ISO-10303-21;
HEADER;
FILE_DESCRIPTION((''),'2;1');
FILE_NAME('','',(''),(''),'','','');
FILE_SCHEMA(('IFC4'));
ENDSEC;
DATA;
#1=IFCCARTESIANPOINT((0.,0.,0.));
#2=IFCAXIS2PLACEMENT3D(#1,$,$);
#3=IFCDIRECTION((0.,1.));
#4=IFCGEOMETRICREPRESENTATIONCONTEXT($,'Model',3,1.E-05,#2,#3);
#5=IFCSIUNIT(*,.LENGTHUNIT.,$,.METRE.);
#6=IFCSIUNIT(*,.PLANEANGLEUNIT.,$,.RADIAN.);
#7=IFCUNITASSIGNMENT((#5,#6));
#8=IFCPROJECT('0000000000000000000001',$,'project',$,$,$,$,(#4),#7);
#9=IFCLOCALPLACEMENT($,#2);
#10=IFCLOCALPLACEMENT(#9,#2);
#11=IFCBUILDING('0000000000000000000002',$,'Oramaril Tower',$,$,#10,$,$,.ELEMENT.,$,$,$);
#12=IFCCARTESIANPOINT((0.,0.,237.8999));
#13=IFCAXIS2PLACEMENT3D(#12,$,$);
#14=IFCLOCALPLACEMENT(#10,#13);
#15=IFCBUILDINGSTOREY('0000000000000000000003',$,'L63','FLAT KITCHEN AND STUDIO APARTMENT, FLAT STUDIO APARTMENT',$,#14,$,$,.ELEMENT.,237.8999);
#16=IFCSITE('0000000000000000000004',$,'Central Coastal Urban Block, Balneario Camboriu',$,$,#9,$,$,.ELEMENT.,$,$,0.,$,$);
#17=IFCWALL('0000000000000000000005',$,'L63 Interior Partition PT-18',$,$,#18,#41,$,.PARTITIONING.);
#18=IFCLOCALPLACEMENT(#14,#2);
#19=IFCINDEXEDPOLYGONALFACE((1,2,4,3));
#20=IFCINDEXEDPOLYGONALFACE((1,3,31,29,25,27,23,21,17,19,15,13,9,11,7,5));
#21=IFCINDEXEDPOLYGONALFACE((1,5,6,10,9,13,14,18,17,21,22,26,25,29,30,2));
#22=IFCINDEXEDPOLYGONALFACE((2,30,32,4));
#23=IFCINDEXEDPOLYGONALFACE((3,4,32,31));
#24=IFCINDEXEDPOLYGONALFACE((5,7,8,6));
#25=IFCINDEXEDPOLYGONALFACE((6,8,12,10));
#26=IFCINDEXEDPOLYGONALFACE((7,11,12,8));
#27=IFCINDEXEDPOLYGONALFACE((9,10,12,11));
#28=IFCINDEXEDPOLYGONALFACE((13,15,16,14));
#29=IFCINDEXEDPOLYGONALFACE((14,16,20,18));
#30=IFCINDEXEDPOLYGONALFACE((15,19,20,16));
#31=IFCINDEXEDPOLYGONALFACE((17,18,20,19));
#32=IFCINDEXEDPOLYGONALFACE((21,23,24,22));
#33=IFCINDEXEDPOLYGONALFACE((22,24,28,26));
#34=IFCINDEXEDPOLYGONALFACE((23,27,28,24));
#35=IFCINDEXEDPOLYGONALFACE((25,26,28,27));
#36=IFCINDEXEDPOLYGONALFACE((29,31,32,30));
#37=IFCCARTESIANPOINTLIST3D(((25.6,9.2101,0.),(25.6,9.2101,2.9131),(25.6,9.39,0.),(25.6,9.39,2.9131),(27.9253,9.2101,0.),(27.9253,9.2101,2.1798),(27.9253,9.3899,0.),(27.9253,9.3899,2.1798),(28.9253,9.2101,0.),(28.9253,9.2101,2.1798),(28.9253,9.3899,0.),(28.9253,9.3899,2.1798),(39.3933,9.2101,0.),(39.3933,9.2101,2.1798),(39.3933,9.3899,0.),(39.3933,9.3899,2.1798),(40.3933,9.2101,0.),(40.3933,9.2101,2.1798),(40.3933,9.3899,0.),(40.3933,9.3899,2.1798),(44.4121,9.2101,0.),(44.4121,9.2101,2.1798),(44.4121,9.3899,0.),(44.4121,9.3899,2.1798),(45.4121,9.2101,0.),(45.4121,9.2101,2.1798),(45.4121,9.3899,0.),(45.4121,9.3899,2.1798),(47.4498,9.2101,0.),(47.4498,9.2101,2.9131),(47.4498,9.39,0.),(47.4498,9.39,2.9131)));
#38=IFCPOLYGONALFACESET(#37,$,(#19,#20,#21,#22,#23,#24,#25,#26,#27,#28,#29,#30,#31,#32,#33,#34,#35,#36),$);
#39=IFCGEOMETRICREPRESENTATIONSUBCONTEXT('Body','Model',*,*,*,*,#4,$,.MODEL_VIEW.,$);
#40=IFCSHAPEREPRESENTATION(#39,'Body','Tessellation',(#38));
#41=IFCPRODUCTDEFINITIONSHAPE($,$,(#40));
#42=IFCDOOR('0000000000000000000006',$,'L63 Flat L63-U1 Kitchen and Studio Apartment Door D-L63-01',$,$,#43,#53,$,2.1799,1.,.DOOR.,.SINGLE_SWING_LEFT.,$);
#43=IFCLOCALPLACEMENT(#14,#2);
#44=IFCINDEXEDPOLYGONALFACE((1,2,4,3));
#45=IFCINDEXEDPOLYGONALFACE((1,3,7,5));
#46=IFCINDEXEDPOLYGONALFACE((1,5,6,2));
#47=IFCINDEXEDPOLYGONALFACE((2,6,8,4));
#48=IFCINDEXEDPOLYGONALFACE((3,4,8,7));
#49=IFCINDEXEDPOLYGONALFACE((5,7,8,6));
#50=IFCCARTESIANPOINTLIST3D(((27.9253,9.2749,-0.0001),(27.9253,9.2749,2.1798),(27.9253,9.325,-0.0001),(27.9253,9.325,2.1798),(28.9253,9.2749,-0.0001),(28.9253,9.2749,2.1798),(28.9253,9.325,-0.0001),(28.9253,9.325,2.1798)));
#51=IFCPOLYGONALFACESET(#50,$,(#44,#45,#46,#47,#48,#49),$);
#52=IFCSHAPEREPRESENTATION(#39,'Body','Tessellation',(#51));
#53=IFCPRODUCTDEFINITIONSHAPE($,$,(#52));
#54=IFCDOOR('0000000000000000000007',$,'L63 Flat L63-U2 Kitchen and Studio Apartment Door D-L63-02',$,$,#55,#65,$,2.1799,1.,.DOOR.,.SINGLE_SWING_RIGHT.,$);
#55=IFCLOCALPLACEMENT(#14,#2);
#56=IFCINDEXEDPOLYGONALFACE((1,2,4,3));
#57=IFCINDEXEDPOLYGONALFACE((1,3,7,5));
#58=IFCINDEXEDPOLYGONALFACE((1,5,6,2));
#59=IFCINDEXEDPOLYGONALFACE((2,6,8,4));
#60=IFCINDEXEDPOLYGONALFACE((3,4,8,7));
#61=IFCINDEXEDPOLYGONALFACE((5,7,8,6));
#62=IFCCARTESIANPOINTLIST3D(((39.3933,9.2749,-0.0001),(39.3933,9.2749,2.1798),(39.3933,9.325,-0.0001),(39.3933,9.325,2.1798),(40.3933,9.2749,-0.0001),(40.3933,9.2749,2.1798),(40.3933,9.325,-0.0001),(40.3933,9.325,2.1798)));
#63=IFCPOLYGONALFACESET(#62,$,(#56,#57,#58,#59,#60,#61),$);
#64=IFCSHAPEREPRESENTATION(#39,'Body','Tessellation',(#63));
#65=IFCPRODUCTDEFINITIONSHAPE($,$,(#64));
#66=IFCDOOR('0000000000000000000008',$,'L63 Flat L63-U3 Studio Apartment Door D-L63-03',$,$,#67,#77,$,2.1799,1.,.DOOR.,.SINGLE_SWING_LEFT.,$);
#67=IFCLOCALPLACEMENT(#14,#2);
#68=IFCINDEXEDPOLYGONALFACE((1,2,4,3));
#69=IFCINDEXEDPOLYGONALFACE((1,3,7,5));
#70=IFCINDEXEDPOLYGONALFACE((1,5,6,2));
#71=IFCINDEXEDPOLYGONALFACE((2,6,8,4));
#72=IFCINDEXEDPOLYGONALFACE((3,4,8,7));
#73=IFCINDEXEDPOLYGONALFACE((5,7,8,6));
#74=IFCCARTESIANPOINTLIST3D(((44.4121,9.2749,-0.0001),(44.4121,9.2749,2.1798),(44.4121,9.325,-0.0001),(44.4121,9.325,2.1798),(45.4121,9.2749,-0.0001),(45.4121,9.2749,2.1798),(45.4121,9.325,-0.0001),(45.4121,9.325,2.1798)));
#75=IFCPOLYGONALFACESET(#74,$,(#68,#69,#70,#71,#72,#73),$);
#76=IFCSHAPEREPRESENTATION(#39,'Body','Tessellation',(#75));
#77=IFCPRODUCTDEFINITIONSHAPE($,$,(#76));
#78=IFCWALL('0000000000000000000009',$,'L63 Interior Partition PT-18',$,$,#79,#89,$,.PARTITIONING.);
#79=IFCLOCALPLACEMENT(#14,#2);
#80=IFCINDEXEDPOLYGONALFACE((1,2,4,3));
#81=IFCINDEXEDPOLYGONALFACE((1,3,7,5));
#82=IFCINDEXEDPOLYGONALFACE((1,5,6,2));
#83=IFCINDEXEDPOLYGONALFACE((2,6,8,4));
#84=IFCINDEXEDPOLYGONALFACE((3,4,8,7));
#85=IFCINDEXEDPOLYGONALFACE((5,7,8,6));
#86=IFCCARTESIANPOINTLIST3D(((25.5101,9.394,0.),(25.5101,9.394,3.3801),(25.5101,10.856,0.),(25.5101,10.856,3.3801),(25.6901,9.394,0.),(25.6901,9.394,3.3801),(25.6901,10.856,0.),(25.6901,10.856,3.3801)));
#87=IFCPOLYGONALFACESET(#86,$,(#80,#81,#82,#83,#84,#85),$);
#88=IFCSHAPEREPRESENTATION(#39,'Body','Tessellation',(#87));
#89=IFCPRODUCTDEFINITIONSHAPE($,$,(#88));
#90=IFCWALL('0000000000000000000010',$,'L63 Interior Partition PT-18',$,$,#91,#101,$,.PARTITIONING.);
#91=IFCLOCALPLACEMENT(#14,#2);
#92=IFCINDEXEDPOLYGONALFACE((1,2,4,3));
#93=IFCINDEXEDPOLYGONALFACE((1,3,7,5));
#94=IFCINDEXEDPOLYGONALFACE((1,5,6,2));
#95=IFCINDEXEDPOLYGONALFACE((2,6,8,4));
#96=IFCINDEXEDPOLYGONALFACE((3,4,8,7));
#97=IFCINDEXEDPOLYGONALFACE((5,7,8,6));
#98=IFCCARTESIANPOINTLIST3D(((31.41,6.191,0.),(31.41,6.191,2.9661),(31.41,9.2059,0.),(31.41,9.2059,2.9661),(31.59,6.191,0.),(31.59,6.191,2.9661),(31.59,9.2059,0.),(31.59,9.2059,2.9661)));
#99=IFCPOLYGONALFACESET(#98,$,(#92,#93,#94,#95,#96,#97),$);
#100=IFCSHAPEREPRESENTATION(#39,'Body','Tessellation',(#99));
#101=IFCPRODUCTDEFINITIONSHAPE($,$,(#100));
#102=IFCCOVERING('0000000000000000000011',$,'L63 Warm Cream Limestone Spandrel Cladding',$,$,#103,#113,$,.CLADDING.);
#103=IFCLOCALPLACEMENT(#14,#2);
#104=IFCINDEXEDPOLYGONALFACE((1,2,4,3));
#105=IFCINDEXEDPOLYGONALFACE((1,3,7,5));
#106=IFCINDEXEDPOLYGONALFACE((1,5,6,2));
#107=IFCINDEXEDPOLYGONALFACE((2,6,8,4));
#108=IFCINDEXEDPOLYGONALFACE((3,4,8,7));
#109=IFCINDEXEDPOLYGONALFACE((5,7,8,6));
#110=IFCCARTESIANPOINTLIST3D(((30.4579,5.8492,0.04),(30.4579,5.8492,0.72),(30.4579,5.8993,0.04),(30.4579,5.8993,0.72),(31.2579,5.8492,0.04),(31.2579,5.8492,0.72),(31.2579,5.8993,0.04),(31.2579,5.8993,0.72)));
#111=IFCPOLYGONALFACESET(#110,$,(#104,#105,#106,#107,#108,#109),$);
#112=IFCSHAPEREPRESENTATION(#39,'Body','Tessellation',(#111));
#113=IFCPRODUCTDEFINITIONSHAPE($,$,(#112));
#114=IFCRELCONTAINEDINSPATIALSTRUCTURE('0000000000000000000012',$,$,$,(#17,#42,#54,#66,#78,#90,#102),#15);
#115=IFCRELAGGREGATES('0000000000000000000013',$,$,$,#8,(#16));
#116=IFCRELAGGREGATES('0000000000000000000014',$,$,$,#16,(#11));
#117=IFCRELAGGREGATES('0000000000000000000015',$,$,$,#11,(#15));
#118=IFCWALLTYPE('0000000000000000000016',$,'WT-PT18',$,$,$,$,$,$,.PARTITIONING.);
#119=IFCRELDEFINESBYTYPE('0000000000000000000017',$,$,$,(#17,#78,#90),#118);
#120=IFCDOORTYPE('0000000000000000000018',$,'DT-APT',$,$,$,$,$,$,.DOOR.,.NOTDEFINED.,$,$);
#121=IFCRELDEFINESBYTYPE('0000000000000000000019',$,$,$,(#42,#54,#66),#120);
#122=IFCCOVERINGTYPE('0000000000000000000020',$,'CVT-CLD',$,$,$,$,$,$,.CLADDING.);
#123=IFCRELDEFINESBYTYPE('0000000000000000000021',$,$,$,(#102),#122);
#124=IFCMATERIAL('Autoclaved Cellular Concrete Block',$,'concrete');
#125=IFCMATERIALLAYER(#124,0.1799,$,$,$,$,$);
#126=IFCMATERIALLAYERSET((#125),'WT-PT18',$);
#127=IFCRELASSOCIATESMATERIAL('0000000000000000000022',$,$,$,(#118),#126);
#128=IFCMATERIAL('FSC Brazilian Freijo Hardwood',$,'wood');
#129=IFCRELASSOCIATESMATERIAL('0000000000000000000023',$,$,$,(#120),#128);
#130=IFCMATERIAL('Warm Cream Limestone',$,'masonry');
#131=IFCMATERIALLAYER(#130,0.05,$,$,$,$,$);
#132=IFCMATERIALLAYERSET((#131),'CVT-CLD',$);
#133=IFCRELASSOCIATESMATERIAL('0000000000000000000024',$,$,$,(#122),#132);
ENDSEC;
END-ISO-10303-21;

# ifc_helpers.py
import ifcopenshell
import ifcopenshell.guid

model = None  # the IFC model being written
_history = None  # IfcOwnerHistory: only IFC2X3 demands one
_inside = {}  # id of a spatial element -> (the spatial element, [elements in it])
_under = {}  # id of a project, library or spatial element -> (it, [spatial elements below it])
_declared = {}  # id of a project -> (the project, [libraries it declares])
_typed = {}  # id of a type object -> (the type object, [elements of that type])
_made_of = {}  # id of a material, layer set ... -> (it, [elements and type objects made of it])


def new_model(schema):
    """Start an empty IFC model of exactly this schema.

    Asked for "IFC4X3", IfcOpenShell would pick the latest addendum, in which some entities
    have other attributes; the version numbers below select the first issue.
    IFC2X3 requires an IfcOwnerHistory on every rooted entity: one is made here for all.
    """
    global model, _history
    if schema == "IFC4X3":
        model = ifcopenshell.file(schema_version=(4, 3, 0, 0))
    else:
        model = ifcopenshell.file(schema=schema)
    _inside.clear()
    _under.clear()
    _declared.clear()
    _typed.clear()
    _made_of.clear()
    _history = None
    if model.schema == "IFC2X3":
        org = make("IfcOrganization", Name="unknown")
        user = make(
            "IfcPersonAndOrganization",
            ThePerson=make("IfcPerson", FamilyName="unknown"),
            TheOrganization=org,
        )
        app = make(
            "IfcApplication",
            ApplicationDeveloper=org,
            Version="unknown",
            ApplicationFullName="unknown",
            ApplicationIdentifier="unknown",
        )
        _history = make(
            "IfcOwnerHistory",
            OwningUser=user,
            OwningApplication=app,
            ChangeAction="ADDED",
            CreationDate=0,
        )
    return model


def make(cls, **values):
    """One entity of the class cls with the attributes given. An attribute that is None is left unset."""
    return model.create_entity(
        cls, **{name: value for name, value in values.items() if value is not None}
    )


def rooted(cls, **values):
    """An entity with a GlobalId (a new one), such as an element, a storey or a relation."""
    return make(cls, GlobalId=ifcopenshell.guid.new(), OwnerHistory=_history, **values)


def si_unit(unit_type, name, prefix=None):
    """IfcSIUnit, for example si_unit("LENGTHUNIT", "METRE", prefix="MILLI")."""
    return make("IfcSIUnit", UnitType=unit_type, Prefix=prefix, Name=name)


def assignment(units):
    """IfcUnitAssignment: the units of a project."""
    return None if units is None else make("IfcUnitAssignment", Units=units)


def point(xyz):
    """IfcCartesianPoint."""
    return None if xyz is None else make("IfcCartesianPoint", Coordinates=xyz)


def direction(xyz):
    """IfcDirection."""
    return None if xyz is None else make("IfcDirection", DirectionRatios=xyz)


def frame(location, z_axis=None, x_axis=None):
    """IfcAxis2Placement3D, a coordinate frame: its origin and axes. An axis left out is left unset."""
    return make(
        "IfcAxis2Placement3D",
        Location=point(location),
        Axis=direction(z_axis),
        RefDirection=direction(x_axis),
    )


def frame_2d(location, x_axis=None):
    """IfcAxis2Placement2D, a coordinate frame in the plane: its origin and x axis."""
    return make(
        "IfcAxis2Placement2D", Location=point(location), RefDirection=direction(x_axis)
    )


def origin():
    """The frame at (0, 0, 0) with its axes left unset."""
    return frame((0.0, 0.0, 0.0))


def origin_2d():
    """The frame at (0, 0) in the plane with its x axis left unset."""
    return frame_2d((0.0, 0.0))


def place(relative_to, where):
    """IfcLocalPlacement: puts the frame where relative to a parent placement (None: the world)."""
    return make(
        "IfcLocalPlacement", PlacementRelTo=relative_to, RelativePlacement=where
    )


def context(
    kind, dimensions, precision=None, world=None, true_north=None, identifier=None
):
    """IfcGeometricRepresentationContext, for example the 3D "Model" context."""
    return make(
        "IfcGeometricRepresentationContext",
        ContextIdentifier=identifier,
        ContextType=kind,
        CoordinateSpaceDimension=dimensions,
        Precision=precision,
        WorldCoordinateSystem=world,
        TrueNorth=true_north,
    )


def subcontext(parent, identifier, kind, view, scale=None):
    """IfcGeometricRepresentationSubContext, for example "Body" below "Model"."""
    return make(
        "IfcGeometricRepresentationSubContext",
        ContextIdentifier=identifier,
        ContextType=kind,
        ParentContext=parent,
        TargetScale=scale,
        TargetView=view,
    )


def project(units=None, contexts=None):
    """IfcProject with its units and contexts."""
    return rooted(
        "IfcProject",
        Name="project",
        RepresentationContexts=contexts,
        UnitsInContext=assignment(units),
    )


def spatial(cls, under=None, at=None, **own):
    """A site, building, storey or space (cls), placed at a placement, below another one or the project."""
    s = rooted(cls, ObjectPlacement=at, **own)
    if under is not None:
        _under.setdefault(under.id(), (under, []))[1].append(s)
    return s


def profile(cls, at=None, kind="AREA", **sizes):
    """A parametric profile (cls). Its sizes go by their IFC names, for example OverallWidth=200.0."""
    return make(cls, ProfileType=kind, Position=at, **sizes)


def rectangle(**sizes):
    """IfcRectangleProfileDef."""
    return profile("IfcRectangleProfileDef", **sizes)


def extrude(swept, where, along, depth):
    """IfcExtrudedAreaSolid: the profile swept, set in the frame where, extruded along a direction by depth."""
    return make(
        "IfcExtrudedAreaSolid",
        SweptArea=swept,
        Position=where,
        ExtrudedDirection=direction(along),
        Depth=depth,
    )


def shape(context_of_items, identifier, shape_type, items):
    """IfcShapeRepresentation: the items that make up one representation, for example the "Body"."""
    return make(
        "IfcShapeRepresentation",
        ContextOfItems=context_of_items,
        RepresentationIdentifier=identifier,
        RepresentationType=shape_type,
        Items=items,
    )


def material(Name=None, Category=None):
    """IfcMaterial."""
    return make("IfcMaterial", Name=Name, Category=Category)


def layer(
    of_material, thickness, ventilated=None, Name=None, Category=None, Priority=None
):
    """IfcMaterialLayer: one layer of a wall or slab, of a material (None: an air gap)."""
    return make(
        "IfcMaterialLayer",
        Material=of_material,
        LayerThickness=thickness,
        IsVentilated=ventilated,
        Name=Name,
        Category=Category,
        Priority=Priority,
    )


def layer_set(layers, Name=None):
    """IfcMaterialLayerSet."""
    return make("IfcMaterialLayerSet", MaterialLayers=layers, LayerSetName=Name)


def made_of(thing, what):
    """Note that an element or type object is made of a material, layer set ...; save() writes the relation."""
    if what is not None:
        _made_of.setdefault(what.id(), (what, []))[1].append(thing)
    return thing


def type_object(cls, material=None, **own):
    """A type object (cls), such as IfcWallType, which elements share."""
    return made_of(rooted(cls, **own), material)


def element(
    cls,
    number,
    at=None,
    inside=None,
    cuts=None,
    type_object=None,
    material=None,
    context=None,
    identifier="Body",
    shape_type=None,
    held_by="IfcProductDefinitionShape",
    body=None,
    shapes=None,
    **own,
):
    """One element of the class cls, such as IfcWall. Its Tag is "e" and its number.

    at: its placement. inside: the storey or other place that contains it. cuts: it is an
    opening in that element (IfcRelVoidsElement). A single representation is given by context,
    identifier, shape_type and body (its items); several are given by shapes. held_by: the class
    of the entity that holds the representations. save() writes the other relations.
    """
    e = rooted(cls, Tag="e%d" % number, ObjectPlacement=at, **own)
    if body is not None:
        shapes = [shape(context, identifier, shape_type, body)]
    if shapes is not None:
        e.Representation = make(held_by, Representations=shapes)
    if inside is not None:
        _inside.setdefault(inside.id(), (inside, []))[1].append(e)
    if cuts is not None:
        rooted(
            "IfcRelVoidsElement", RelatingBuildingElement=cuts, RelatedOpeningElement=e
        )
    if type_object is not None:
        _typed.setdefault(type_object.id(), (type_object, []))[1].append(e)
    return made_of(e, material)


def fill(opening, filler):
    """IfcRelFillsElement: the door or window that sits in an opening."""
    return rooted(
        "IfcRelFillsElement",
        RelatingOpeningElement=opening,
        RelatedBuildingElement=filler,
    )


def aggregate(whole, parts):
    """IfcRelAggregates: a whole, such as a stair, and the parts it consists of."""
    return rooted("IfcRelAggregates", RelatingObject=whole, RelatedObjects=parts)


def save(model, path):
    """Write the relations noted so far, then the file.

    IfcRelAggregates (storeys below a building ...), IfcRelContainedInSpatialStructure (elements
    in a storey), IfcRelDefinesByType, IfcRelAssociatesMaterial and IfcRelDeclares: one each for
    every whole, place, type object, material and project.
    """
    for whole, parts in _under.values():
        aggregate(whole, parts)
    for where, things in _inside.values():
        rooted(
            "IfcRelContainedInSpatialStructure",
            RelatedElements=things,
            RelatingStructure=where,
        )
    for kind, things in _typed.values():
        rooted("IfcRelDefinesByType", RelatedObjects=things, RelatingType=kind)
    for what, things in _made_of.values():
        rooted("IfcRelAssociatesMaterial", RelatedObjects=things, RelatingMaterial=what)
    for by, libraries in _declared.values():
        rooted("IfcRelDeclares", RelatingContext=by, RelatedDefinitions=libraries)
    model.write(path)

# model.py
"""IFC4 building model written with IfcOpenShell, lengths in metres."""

from ifc_helpers import new_model, si_unit, direction, frame, frame_2d, origin, origin_2d, place, context, subcontext, project, spatial, rectangle, extrude, material, layer, layer_set, type_object, element, fill, save


model = new_model("IFC4")

# Units and contexts
model_context = context("Model", 3, precision=1e-05, world=origin(), true_north=direction((0.0, 1.0)))
body_context = subcontext(model_context, "Body", "Model", "MODEL_VIEW")
ifc_project = project(units=[si_unit("LENGTHUNIT", "METRE"), si_unit("PLANEANGLEUNIT", "RADIAN")], contexts=[model_context])

# Site, building, storey
site_placement = place(None, origin())
site = spatial("IfcSite", under=ifc_project, at=site_placement, Name="Central Coastal Urban Block, Balneario Camboriu", CompositionType="ELEMENT", RefElevation=0.0)
building_placement = place(site_placement, origin())
building = spatial("IfcBuilding", under=site, at=building_placement, Name="Oramaril Tower", CompositionType="ELEMENT")
storey_placement = place(building_placement, frame((0.0, 0.0, 237.8999)))
storey = spatial("IfcBuildingStorey", under=building, at=storey_placement, Name="L63", Description="FLAT KITCHEN AND STUDIO APARTMENT, FLAT STUDIO APARTMENT", CompositionType="ELEMENT", Elevation=237.8999)

# Wall, openings, doors
ifc_material_1 = material(Name="Autoclaved Cellular Concrete Block", Category="concrete")
ifc_layer_1 = layer(ifc_material_1, 0.1799)
ifc_layer_set_1 = layer_set([ifc_layer_1], Name="WT-PT18")
wall_type = type_object("IfcWallType", Name="WT-PT18", PredefinedType="PARTITIONING", material=ifc_layer_set_1)
wall_1_placement = place(storey_placement, frame((25.6001, 9.3, 0.0), z_axis=(0.0, 0.0, 1.0), x_axis=(1.0, 0.0, 0.0)))
wall_1 = element("IfcWall", 1, at=wall_1_placement, inside=storey, type_object=wall_type, Name="L63 Interior Partition PT-18", PredefinedType="PARTITIONING", context=body_context, shape_type="SweptSolid", body=[
    extrude(rectangle(XDim=21.8499, YDim=0.1799, at=frame_2d((10.9248, 0.0))), origin(), (0.0, 0.0, 1.0), 2.9131),
])
opening_1_placement = place(wall_1_placement, frame((2.3252, 0.0, 0.0)))
opening_1 = element("IfcOpeningElement", 2, at=opening_1_placement, cuts=wall_1, PredefinedType="OPENING", context=body_context, shape_type="SweptSolid", body=[
    extrude(rectangle(XDim=1.0, YDim=2.1799, at=frame_2d((0.5, 1.0898))), frame((0.0, 0.0898, 0.0), z_axis=(0.0, -1.0, 0.0), x_axis=(1.0, 0.0, 0.0)), (0.0, 0.0, 1.0), 0.1799),
])
opening_2_placement = place(wall_1_placement, frame((13.7932, 0.0, 0.0)))
opening_2 = element("IfcOpeningElement", 3, at=opening_2_placement, cuts=wall_1, PredefinedType="OPENING", context=body_context, shape_type="SweptSolid", body=[
    extrude(rectangle(XDim=1.0, YDim=2.1799, at=frame_2d((0.5, 1.0898))), frame((0.0, 0.0898, 0.0), z_axis=(0.0, -1.0, 0.0), x_axis=(1.0, 0.0, 0.0)), (0.0, 0.0, 1.0), 0.1799),
])
opening_3_placement = place(wall_1_placement, frame((18.812, 0.0, 0.0)))
opening_3 = element("IfcOpeningElement", 4, at=opening_3_placement, cuts=wall_1, PredefinedType="OPENING", context=body_context, shape_type="SweptSolid", body=[
    extrude(rectangle(XDim=1.0, YDim=2.1799, at=frame_2d((0.5, 1.0898))), frame((0.0, 0.0898, 0.0), z_axis=(0.0, -1.0, 0.0), x_axis=(1.0, 0.0, 0.0)), (0.0, 0.0, 1.0), 0.1799),
])
ifc_material_2 = material(Name="FSC Brazilian Freijo Hardwood", Category="wood")
door_type = type_object("IfcDoorType", Name="DT-APT", OperationType="NOTDEFINED", PredefinedType="DOOR", material=ifc_material_2)
door_1_placement = place(opening_1_placement, origin())
door_1 = element("IfcDoor", 5, at=door_1_placement, inside=storey, type_object=door_type, Name="L63 Flat L63-U1 Kitchen and Studio Apartment Door D-L63-01", OperationType="SINGLE_SWING_LEFT", OverallHeight=2.1799, OverallWidth=1.0, PredefinedType="DOOR", context=body_context, shape_type="SweptSolid", body=[
    extrude(rectangle(XDim=1.0, YDim=2.1799, at=frame_2d((0.5, 1.0898))), frame((0.0, 0.0249, 0.0), z_axis=(0.0, -1.0, 0.0), x_axis=(1.0, 0.0, 0.0)), (0.0, 0.0, 1.0), 0.05),
])
fill(opening_1, door_1)
door_2_placement = place(opening_2_placement, origin())
door_2 = element("IfcDoor", 6, at=door_2_placement, inside=storey, type_object=door_type, Name="L63 Flat L63-U2 Kitchen and Studio Apartment Door D-L63-02", OperationType="SINGLE_SWING_RIGHT", OverallHeight=2.1799, OverallWidth=1.0, PredefinedType="DOOR", context=body_context, shape_type="SweptSolid", body=[
    extrude(rectangle(XDim=1.0, YDim=2.1799, at=frame_2d((0.5, 1.0898))), frame((0.0, 0.0249, 0.0), z_axis=(0.0, -1.0, 0.0), x_axis=(1.0, 0.0, 0.0)), (0.0, 0.0, 1.0), 0.05),
])
fill(opening_2, door_2)
door_3_placement = place(opening_3_placement, origin())
door_3 = element("IfcDoor", 7, at=door_3_placement, inside=storey, type_object=door_type, Name="L63 Flat L63-U3 Studio Apartment Door D-L63-03", OperationType="SINGLE_SWING_LEFT", OverallHeight=2.1799, OverallWidth=1.0, PredefinedType="DOOR", context=body_context, shape_type="SweptSolid", body=[
    extrude(rectangle(XDim=1.0, YDim=2.1799, at=frame_2d((0.5, 1.0898))), frame((0.0, 0.0249, 0.0), z_axis=(0.0, -1.0, 0.0), x_axis=(1.0, 0.0, 0.0)), (0.0, 0.0, 1.0), 0.05),
])
fill(opening_3, door_3)

# Walls
wall_2_placement = place(storey_placement, frame((25.6001, 9.394, 0.0), z_axis=(0.0, 0.0, 1.0), x_axis=(0.0, 1.0, 0.0)))
element("IfcWall", 8, at=wall_2_placement, inside=storey, type_object=wall_type, Name="L63 Interior Partition PT-18", PredefinedType="PARTITIONING", context=body_context, shape_type="SweptSolid", body=[
    extrude(rectangle(XDim=1.4619, YDim=0.1799, at=frame_2d((0.731, 0.0))), origin(), (0.0, 0.0, 1.0), 3.3801),
])
wall_3_placement = place(storey_placement, frame((31.5, 6.1912, 0.0), z_axis=(0.0, 0.0, 1.0), x_axis=(0.0, 1.0, 0.0)))
element("IfcWall", 9, at=wall_3_placement, inside=storey, type_object=wall_type, Name="L63 Interior Partition PT-18", PredefinedType="PARTITIONING", context=body_context, shape_type="SweptSolid", body=[
    extrude(rectangle(XDim=3.0149, YDim=0.1799, at=frame_2d((1.5073, 0.0))), origin(), (0.0, 0.0, 1.0), 2.9661),
])

# Covering
ifc_material_3 = material(Name="Warm Cream Limestone", Category="masonry")
ifc_layer_2 = layer(ifc_material_3, 0.05)
ifc_layer_set_2 = layer_set([ifc_layer_2], Name="CVT-CLD")
covering_type = type_object("IfcCoveringType", Name="CVT-CLD", PredefinedType="CLADDING", material=ifc_layer_set_2)
covering_placement = place(storey_placement, frame((30.8579, 5.8743, 0.04), z_axis=(0.0, 0.0, 1.0), x_axis=(1.0, 0.0, 0.0)))
element("IfcCovering", 10, at=covering_placement, inside=storey, type_object=covering_type, Name="L63 Warm Cream Limestone Spandrel Cladding", PredefinedType="CLADDING", context=body_context, shape_type="SweptSolid", body=[
    extrude(rectangle(XDim=0.8, YDim=0.05, at=origin_2d()), origin(), (0.0, 0.0, 1.0), 0.6799),
])

save(model, "model.ifc")
